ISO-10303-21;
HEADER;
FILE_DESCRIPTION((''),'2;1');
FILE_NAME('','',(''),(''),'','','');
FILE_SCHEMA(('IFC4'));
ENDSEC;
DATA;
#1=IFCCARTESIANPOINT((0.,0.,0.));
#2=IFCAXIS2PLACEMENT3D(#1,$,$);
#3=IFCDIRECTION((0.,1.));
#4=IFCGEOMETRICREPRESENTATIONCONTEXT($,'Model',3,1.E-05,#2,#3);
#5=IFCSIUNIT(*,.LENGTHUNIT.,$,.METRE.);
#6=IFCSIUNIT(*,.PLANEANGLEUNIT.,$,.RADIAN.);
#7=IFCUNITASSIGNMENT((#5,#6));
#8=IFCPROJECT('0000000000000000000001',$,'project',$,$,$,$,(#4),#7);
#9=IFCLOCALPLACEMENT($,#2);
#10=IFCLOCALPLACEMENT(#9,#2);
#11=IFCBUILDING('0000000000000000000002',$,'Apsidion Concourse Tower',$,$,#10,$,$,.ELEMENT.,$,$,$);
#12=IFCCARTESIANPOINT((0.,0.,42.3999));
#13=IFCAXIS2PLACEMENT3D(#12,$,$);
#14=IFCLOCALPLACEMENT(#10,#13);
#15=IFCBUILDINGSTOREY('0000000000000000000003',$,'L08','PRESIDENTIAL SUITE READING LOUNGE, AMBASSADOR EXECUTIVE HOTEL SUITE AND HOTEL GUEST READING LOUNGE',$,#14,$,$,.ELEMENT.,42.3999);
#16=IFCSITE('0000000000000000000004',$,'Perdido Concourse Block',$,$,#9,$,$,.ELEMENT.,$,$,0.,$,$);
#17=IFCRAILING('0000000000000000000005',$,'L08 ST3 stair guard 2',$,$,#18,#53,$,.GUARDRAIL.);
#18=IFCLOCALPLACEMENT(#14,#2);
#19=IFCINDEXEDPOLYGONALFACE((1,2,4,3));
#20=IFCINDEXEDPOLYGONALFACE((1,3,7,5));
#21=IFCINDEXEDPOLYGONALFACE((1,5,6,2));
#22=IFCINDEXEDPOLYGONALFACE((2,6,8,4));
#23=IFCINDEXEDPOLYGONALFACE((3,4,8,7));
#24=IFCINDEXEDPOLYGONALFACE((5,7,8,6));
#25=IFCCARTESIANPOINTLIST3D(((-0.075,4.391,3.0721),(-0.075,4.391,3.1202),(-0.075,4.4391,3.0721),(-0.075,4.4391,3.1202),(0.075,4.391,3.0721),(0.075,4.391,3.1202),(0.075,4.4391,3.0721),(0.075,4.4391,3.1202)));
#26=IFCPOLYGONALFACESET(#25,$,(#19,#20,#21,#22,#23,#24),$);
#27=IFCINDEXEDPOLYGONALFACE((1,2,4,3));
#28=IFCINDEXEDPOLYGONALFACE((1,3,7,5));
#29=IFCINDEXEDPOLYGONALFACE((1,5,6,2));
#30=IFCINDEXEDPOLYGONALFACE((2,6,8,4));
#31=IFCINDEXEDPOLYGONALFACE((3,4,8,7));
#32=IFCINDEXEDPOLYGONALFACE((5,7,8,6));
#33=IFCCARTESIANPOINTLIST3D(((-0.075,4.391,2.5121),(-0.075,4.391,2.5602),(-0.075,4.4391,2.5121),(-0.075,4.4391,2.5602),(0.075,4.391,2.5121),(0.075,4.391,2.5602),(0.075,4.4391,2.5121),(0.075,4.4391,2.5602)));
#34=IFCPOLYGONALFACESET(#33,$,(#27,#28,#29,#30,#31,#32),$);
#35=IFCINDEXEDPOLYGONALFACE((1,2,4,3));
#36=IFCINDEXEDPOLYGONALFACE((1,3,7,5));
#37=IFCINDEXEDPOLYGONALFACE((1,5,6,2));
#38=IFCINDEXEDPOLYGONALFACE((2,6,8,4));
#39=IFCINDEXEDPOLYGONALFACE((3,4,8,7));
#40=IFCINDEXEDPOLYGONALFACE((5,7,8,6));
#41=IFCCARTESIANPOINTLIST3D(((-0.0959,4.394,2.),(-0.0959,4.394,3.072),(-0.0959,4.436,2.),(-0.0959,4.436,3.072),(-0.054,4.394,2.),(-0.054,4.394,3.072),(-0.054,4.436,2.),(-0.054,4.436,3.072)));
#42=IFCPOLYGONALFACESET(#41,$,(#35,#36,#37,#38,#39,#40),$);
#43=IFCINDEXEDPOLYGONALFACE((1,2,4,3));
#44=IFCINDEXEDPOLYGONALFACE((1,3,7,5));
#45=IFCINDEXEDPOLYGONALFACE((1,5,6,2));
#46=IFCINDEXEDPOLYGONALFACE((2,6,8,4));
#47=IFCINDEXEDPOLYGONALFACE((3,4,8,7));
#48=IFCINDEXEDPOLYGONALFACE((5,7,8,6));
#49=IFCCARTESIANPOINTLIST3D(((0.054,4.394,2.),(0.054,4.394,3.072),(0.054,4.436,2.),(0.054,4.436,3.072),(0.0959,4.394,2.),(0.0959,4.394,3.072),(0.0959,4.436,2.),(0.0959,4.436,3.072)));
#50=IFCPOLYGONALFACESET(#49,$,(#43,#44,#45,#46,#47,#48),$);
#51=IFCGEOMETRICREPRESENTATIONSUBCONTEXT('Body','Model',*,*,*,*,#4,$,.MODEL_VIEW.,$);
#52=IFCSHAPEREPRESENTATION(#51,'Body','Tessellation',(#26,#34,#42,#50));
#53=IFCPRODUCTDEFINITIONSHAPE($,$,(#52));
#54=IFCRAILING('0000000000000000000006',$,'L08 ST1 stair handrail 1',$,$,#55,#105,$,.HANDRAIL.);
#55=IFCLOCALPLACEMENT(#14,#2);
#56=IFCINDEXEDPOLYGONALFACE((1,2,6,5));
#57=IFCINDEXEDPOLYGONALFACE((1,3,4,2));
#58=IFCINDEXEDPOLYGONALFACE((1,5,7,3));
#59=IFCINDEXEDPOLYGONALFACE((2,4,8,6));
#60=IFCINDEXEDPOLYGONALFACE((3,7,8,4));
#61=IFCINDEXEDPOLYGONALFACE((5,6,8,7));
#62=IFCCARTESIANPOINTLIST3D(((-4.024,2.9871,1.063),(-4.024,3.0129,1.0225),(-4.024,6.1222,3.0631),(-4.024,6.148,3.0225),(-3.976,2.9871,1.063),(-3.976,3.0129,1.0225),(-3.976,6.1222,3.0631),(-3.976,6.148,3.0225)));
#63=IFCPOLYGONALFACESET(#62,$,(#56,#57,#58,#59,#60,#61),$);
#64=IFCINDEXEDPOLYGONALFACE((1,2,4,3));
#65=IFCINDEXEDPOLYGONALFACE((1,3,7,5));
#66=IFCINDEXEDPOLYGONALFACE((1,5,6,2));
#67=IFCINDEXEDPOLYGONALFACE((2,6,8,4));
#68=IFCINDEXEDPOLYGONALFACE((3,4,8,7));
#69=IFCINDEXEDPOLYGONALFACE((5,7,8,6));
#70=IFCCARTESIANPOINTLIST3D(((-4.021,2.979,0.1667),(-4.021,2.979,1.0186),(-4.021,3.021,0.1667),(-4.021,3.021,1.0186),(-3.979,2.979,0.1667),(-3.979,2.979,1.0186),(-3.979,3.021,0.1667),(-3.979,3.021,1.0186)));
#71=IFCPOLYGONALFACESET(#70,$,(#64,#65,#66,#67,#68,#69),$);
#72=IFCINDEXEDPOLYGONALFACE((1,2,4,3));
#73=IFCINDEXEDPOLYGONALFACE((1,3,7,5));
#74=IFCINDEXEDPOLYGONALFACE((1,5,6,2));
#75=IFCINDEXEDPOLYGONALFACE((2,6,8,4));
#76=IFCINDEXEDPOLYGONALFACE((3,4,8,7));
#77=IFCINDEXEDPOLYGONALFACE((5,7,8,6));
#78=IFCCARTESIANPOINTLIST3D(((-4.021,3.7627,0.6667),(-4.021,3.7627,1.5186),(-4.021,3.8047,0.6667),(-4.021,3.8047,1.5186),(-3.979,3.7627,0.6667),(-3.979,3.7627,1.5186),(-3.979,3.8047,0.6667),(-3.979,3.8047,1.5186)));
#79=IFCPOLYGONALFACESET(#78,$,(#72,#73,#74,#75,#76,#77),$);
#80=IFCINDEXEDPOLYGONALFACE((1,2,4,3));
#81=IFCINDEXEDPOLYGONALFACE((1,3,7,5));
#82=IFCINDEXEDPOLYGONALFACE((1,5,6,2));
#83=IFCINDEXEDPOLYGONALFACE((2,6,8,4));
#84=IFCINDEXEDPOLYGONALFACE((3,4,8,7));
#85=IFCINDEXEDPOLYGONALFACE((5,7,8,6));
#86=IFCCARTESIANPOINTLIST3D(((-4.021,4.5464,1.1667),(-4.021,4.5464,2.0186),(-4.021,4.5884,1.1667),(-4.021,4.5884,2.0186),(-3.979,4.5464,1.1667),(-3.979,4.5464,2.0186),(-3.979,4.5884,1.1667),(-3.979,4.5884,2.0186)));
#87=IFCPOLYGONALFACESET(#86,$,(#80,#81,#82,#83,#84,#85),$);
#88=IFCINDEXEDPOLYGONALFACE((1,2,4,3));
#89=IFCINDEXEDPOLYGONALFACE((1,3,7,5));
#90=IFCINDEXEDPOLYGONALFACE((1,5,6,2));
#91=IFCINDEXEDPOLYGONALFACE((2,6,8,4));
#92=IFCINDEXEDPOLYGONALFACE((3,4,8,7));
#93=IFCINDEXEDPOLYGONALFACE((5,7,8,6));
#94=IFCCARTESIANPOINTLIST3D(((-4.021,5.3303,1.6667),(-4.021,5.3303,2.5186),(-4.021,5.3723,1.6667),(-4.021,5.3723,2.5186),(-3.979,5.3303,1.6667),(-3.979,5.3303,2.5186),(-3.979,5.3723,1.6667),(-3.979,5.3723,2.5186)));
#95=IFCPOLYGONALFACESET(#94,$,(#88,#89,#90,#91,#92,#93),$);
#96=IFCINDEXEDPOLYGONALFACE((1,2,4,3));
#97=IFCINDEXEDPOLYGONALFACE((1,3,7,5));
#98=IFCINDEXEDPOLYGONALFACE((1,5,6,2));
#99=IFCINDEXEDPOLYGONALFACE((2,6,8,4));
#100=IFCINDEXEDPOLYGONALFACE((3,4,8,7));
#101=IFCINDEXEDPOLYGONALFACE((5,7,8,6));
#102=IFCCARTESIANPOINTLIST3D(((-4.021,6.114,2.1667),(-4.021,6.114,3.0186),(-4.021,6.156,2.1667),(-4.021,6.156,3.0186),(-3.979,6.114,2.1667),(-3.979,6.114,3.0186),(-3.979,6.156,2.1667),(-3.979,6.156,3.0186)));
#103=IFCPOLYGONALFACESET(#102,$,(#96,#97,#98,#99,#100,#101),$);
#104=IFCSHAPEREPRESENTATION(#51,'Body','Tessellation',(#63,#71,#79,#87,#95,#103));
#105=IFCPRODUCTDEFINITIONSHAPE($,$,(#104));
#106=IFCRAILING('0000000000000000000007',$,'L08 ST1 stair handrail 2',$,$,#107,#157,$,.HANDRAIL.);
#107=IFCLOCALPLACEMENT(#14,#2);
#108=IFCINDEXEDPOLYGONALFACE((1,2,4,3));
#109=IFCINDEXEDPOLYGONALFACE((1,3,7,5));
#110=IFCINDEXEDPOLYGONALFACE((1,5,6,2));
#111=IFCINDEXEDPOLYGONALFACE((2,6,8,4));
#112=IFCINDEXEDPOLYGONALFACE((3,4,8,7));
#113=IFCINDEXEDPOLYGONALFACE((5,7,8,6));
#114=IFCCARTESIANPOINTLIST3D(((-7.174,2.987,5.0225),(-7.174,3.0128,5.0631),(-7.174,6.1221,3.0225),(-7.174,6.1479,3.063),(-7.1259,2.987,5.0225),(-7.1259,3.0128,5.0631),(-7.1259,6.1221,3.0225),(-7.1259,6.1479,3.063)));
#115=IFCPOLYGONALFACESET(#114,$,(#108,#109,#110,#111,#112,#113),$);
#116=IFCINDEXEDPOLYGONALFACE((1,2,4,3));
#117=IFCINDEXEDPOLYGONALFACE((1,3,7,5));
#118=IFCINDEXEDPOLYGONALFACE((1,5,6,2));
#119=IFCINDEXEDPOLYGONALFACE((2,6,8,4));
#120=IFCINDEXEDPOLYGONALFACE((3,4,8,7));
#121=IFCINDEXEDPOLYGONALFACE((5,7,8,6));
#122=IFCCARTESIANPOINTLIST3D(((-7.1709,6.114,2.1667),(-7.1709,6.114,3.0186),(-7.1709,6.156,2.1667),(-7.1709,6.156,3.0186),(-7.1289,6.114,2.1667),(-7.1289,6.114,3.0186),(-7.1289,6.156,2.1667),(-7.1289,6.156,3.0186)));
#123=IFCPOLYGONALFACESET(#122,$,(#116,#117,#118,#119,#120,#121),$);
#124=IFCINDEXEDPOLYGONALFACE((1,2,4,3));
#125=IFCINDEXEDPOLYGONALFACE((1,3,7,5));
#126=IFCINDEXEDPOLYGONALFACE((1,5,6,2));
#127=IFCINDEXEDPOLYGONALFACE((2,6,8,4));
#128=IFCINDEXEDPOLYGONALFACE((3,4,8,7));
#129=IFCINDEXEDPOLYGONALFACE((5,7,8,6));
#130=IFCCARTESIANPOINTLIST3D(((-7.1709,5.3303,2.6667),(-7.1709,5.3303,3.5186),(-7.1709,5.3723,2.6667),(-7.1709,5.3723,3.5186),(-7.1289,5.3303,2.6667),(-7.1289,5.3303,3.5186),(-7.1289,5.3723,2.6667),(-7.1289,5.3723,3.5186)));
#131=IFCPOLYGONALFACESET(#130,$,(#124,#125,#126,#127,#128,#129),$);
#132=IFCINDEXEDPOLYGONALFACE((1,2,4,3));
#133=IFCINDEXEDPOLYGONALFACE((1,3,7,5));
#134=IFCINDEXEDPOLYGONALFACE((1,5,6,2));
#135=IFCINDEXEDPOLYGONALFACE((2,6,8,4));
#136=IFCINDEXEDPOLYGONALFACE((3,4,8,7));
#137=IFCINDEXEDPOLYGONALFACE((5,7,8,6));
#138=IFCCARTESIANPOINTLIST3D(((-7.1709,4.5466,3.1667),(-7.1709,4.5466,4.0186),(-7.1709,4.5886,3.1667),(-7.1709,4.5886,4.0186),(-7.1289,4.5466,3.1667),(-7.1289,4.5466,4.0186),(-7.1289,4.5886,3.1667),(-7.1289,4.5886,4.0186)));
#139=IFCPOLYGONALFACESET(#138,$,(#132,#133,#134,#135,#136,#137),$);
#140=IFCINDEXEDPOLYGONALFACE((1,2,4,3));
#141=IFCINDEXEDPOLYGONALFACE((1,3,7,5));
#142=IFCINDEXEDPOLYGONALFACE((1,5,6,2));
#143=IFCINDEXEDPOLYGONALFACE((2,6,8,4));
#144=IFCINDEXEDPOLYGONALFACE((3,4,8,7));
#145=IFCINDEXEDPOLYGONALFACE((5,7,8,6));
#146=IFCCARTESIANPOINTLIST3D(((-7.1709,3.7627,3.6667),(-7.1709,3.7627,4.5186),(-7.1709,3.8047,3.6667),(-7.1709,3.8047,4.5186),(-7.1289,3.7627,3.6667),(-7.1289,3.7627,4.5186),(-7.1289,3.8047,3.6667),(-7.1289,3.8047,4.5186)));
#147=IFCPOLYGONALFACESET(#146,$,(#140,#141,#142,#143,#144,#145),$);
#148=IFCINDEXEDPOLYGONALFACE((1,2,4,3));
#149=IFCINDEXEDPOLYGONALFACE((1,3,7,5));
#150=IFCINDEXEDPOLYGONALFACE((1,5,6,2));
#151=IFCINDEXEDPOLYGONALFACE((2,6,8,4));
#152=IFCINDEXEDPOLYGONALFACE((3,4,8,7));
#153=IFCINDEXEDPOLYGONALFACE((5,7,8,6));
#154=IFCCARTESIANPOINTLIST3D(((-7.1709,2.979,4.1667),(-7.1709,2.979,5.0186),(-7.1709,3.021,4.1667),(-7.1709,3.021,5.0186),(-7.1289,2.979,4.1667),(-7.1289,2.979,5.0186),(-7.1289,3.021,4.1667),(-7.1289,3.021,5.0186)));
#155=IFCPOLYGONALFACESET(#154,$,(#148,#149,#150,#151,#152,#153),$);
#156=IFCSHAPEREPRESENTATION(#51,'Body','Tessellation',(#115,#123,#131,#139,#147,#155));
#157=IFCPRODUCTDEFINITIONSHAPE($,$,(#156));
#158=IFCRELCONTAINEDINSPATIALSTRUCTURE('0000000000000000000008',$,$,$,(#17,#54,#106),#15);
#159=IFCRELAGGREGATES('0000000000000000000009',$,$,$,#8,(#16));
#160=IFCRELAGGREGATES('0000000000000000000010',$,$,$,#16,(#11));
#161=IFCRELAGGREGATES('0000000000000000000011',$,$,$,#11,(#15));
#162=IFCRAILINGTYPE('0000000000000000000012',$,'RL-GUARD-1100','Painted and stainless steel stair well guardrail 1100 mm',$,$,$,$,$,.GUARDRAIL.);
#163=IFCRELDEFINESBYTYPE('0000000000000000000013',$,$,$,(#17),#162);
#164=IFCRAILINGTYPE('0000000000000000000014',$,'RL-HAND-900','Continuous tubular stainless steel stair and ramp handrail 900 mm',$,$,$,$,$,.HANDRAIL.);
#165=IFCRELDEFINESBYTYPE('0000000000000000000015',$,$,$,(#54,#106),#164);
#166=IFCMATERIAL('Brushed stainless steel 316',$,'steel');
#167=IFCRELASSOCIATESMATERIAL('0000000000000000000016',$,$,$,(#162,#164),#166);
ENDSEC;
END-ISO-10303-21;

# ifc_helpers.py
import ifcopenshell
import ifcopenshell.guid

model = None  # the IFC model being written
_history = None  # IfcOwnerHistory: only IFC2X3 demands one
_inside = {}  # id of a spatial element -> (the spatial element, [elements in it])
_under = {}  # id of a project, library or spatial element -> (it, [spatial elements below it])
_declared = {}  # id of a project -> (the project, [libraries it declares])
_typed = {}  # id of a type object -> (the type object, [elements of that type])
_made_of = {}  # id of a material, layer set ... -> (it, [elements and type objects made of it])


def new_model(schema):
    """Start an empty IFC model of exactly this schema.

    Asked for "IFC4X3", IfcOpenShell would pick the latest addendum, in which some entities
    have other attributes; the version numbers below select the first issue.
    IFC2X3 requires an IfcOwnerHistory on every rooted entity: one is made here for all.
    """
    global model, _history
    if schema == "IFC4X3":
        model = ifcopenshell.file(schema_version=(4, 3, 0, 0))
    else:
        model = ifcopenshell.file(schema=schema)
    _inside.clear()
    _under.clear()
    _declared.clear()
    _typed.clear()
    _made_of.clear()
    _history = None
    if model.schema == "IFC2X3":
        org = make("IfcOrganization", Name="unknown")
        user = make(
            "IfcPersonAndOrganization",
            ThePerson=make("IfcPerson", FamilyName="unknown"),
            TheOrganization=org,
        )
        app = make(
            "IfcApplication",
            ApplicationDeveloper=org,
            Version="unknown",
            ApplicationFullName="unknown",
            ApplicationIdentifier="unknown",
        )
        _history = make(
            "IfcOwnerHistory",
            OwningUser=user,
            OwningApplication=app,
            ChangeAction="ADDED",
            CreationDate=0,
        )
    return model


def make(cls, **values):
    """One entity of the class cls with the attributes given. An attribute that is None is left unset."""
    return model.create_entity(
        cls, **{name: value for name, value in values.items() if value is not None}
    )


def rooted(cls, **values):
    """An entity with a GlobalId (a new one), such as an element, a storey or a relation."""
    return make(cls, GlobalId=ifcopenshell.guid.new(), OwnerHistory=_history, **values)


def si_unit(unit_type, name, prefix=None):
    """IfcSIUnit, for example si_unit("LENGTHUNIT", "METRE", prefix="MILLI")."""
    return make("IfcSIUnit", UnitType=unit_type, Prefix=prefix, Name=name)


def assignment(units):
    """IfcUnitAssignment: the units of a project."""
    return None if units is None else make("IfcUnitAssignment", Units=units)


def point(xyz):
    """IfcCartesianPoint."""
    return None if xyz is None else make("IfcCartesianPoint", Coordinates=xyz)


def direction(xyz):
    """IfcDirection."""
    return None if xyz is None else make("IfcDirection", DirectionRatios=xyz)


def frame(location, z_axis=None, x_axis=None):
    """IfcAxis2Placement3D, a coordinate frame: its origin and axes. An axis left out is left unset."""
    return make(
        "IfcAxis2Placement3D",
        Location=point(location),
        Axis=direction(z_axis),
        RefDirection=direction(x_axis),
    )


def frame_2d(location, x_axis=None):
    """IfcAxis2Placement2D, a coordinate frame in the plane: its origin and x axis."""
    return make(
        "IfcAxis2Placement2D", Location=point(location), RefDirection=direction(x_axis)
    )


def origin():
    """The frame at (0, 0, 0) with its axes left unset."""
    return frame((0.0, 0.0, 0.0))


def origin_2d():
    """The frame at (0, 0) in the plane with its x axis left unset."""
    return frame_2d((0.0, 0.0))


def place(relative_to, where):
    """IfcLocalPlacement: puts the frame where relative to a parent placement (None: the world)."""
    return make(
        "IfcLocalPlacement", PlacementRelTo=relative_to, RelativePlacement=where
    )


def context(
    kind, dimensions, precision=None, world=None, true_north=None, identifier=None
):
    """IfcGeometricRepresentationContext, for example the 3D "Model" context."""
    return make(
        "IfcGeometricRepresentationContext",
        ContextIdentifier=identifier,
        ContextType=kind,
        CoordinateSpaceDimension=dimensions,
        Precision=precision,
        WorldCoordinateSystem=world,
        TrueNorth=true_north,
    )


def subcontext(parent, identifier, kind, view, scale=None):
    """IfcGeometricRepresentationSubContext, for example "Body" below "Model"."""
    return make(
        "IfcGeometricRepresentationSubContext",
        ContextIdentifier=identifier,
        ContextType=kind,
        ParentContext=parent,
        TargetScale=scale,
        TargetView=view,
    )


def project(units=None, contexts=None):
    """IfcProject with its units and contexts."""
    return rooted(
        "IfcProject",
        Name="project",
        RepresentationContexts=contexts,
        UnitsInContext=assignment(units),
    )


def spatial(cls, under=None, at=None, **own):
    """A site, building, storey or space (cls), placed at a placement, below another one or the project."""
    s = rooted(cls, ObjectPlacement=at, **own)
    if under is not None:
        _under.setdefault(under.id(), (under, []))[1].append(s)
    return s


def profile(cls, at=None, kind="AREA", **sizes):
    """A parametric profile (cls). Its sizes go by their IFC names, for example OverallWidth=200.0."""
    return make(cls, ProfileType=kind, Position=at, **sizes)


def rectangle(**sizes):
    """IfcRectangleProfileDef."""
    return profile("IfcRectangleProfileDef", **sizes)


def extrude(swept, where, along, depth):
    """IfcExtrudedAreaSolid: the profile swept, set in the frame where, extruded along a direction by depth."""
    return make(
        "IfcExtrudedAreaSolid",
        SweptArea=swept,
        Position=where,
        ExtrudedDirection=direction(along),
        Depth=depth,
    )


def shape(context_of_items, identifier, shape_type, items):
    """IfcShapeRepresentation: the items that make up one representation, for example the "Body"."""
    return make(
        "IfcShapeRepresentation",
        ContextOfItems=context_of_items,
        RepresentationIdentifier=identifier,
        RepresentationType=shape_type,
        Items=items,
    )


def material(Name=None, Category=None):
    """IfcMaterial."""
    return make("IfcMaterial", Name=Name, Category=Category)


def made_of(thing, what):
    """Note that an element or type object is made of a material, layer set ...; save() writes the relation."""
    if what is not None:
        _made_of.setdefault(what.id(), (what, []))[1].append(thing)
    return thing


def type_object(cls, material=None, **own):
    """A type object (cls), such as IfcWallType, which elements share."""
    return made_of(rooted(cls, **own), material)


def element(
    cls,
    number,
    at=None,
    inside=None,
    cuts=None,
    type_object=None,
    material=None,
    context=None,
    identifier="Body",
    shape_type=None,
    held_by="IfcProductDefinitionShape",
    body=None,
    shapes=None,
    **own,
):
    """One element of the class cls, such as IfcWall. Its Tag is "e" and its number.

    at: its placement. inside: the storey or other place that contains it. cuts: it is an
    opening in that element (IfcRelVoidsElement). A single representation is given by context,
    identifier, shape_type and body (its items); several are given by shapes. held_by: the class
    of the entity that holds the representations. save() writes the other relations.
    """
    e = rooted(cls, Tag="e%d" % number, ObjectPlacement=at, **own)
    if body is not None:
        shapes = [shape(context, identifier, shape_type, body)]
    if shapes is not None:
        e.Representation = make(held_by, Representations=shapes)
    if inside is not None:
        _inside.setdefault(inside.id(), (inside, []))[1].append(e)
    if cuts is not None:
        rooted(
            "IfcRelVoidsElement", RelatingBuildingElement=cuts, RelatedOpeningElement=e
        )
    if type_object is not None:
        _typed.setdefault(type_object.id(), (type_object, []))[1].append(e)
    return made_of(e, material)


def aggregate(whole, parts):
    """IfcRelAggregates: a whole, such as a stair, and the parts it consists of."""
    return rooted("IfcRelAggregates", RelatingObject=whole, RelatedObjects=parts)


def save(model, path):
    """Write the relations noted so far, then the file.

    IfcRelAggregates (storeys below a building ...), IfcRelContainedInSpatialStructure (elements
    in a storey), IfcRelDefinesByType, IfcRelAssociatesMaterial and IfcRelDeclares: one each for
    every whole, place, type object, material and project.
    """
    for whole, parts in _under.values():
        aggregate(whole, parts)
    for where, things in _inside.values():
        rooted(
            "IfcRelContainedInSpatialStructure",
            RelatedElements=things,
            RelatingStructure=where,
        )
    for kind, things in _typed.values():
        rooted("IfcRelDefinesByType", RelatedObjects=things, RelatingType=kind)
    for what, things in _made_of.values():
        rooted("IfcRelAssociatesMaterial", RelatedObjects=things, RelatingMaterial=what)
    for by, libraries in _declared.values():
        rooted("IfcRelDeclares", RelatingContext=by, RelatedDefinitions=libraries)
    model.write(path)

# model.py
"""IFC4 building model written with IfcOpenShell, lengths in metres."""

from ifc_helpers import new_model, si_unit, direction, frame, origin, origin_2d, place, context, subcontext, project, spatial, rectangle, extrude, material, type_object, element, save


model = new_model("IFC4")

# Units and contexts
model_context = context("Model", 3, precision=1e-05, world=origin(), true_north=direction((0.0, 1.0)))
body_context = subcontext(model_context, "Body", "Model", "MODEL_VIEW")
ifc_project = project(units=[si_unit("LENGTHUNIT", "METRE"), si_unit("PLANEANGLEUNIT", "RADIAN")], contexts=[model_context])

# Site, building, storey
site_placement = place(None, origin())
site = spatial("IfcSite", under=ifc_project, at=site_placement, Name="Perdido Concourse Block", CompositionType="ELEMENT", RefElevation=0.0)
building_placement = place(site_placement, origin())
building = spatial("IfcBuilding", under=site, at=building_placement, Name="Apsidion Concourse Tower", CompositionType="ELEMENT")
storey_placement = place(building_placement, frame((0.0, 0.0, 42.3999)))
storey = spatial("IfcBuildingStorey", under=building, at=storey_placement, Name="L08", Description="PRESIDENTIAL SUITE READING LOUNGE, AMBASSADOR EXECUTIVE HOTEL SUITE AND HOTEL GUEST READING LOUNGE", CompositionType="ELEMENT", Elevation=42.3999)

# Railings
ifc_material_1 = material(Name="Brushed stainless steel 316", Category="steel")
railing_type_1 = type_object("IfcRailingType", Name="RL-GUARD-1100", Description="Painted and stainless steel stair well guardrail 1100 mm", PredefinedType="GUARDRAIL", material=ifc_material_1)
railing_1_placement = place(storey_placement, frame((-0.075, 4.415, 2.0)))
element("IfcRailing", 1, at=railing_1_placement, inside=storey, type_object=railing_type_1, Name="L08 ST3 stair guard 2", PredefinedType="GUARDRAIL", context=body_context, shape_type="SweptSolid", body=[
    extrude(rectangle(XDim=0.0481, YDim=0.0481, at=origin_2d()), frame((0.0, 0.0, 1.0962), z_axis=(1.0, 0.0, 0.0), x_axis=(0.0, 1.0, 0.0)), (0.0, 0.0, 1.0), 0.1499),
    extrude(rectangle(XDim=0.0481, YDim=0.0481, at=origin_2d()), frame((0.0, 0.0, 0.5361), z_axis=(1.0, 0.0, 0.0), x_axis=(0.0, 1.0, 0.0)), (0.0, 0.0, 1.0), 0.1499),
    extrude(rectangle(XDim=0.042, YDim=0.042, at=origin_2d()), origin(), (0.0, 0.0, 1.0), 1.072),
    extrude(rectangle(XDim=0.042, YDim=0.042, at=origin_2d()), frame((0.1499, 0.0, 0.0)), (0.0, 0.0, 1.0), 1.072),
])
railing_type_2 = type_object("IfcRailingType", Name="RL-HAND-900", Description="Continuous tubular stainless steel stair and ramp handrail 900 mm", PredefinedType="HANDRAIL", material=ifc_material_1)
railing_2_placement = place(storey_placement, frame((-4.0, 3.0, 0.1667)))
element("IfcRailing", 2, at=railing_2_placement, inside=storey, type_object=railing_type_2, Name="L08 ST1 stair handrail 1", PredefinedType="HANDRAIL", context=body_context, shape_type="SweptSolid", body=[
    extrude(rectangle(XDim=0.0481, YDim=0.0481, at=origin_2d()), frame((0.0, 0.0, 0.876), z_axis=(0.0, 0.843053, 0.537831), x_axis=(-1.0, 0.0, 0.0)), (0.0, 0.0, 1.0), 3.7188),
    extrude(rectangle(XDim=0.042, YDim=0.042, at=origin_2d()), origin(), (0.0, 0.0, 1.0), 0.8518),
    extrude(rectangle(XDim=0.042, YDim=0.042, at=origin_2d()), frame((0.0, 0.7837, 0.5)), (0.0, 0.0, 1.0), 0.8518),
    extrude(rectangle(XDim=0.042, YDim=0.042, at=origin_2d()), frame((0.0, 1.5674, 1.0)), (0.0, 0.0, 1.0), 0.8518),
    extrude(rectangle(XDim=0.042, YDim=0.042, at=origin_2d()), frame((0.0, 2.3513, 1.5)), (0.0, 0.0, 1.0), 0.8518),
    extrude(rectangle(XDim=0.042, YDim=0.042, at=origin_2d()), frame((0.0, 3.135, 2.0)), (0.0, 0.0, 1.0), 0.8518),
])
railing_3_placement = place(storey_placement, frame((-7.1499, 6.135, 2.1667)))
element("IfcRailing", 3, at=railing_3_placement, inside=storey, type_object=railing_type_2, Name="L08 ST1 stair handrail 2", PredefinedType="HANDRAIL", context=body_context, shape_type="SweptSolid", body=[
    extrude(rectangle(XDim=0.0481, YDim=0.0481, at=origin_2d()), frame((0.0, 0.0, 0.876), z_axis=(0.0, -0.843053, 0.537831), x_axis=(1.0, 0.0, 0.0)), (0.0, 0.0, 1.0), 3.7188),
    extrude(rectangle(XDim=0.042, YDim=0.042, at=origin_2d()), origin(), (0.0, 0.0, 1.0), 0.8518),
    extrude(rectangle(XDim=0.042, YDim=0.042, at=origin_2d()), frame((0.0, -0.7837, 0.5)), (0.0, 0.0, 1.0), 0.8518),
    extrude(rectangle(XDim=0.042, YDim=0.042, at=origin_2d()), frame((0.0, -1.5674, 1.0)), (0.0, 0.0, 1.0), 0.8518),
    extrude(rectangle(XDim=0.042, YDim=0.042, at=origin_2d()), frame((0.0, -2.3513, 1.5)), (0.0, 0.0, 1.0), 0.8518),
    extrude(rectangle(XDim=0.042, YDim=0.042, at=origin_2d()), frame((0.0, -3.135, 2.0)), (0.0, 0.0, 1.0), 0.8518),
])

save(model, "model.ifc")
